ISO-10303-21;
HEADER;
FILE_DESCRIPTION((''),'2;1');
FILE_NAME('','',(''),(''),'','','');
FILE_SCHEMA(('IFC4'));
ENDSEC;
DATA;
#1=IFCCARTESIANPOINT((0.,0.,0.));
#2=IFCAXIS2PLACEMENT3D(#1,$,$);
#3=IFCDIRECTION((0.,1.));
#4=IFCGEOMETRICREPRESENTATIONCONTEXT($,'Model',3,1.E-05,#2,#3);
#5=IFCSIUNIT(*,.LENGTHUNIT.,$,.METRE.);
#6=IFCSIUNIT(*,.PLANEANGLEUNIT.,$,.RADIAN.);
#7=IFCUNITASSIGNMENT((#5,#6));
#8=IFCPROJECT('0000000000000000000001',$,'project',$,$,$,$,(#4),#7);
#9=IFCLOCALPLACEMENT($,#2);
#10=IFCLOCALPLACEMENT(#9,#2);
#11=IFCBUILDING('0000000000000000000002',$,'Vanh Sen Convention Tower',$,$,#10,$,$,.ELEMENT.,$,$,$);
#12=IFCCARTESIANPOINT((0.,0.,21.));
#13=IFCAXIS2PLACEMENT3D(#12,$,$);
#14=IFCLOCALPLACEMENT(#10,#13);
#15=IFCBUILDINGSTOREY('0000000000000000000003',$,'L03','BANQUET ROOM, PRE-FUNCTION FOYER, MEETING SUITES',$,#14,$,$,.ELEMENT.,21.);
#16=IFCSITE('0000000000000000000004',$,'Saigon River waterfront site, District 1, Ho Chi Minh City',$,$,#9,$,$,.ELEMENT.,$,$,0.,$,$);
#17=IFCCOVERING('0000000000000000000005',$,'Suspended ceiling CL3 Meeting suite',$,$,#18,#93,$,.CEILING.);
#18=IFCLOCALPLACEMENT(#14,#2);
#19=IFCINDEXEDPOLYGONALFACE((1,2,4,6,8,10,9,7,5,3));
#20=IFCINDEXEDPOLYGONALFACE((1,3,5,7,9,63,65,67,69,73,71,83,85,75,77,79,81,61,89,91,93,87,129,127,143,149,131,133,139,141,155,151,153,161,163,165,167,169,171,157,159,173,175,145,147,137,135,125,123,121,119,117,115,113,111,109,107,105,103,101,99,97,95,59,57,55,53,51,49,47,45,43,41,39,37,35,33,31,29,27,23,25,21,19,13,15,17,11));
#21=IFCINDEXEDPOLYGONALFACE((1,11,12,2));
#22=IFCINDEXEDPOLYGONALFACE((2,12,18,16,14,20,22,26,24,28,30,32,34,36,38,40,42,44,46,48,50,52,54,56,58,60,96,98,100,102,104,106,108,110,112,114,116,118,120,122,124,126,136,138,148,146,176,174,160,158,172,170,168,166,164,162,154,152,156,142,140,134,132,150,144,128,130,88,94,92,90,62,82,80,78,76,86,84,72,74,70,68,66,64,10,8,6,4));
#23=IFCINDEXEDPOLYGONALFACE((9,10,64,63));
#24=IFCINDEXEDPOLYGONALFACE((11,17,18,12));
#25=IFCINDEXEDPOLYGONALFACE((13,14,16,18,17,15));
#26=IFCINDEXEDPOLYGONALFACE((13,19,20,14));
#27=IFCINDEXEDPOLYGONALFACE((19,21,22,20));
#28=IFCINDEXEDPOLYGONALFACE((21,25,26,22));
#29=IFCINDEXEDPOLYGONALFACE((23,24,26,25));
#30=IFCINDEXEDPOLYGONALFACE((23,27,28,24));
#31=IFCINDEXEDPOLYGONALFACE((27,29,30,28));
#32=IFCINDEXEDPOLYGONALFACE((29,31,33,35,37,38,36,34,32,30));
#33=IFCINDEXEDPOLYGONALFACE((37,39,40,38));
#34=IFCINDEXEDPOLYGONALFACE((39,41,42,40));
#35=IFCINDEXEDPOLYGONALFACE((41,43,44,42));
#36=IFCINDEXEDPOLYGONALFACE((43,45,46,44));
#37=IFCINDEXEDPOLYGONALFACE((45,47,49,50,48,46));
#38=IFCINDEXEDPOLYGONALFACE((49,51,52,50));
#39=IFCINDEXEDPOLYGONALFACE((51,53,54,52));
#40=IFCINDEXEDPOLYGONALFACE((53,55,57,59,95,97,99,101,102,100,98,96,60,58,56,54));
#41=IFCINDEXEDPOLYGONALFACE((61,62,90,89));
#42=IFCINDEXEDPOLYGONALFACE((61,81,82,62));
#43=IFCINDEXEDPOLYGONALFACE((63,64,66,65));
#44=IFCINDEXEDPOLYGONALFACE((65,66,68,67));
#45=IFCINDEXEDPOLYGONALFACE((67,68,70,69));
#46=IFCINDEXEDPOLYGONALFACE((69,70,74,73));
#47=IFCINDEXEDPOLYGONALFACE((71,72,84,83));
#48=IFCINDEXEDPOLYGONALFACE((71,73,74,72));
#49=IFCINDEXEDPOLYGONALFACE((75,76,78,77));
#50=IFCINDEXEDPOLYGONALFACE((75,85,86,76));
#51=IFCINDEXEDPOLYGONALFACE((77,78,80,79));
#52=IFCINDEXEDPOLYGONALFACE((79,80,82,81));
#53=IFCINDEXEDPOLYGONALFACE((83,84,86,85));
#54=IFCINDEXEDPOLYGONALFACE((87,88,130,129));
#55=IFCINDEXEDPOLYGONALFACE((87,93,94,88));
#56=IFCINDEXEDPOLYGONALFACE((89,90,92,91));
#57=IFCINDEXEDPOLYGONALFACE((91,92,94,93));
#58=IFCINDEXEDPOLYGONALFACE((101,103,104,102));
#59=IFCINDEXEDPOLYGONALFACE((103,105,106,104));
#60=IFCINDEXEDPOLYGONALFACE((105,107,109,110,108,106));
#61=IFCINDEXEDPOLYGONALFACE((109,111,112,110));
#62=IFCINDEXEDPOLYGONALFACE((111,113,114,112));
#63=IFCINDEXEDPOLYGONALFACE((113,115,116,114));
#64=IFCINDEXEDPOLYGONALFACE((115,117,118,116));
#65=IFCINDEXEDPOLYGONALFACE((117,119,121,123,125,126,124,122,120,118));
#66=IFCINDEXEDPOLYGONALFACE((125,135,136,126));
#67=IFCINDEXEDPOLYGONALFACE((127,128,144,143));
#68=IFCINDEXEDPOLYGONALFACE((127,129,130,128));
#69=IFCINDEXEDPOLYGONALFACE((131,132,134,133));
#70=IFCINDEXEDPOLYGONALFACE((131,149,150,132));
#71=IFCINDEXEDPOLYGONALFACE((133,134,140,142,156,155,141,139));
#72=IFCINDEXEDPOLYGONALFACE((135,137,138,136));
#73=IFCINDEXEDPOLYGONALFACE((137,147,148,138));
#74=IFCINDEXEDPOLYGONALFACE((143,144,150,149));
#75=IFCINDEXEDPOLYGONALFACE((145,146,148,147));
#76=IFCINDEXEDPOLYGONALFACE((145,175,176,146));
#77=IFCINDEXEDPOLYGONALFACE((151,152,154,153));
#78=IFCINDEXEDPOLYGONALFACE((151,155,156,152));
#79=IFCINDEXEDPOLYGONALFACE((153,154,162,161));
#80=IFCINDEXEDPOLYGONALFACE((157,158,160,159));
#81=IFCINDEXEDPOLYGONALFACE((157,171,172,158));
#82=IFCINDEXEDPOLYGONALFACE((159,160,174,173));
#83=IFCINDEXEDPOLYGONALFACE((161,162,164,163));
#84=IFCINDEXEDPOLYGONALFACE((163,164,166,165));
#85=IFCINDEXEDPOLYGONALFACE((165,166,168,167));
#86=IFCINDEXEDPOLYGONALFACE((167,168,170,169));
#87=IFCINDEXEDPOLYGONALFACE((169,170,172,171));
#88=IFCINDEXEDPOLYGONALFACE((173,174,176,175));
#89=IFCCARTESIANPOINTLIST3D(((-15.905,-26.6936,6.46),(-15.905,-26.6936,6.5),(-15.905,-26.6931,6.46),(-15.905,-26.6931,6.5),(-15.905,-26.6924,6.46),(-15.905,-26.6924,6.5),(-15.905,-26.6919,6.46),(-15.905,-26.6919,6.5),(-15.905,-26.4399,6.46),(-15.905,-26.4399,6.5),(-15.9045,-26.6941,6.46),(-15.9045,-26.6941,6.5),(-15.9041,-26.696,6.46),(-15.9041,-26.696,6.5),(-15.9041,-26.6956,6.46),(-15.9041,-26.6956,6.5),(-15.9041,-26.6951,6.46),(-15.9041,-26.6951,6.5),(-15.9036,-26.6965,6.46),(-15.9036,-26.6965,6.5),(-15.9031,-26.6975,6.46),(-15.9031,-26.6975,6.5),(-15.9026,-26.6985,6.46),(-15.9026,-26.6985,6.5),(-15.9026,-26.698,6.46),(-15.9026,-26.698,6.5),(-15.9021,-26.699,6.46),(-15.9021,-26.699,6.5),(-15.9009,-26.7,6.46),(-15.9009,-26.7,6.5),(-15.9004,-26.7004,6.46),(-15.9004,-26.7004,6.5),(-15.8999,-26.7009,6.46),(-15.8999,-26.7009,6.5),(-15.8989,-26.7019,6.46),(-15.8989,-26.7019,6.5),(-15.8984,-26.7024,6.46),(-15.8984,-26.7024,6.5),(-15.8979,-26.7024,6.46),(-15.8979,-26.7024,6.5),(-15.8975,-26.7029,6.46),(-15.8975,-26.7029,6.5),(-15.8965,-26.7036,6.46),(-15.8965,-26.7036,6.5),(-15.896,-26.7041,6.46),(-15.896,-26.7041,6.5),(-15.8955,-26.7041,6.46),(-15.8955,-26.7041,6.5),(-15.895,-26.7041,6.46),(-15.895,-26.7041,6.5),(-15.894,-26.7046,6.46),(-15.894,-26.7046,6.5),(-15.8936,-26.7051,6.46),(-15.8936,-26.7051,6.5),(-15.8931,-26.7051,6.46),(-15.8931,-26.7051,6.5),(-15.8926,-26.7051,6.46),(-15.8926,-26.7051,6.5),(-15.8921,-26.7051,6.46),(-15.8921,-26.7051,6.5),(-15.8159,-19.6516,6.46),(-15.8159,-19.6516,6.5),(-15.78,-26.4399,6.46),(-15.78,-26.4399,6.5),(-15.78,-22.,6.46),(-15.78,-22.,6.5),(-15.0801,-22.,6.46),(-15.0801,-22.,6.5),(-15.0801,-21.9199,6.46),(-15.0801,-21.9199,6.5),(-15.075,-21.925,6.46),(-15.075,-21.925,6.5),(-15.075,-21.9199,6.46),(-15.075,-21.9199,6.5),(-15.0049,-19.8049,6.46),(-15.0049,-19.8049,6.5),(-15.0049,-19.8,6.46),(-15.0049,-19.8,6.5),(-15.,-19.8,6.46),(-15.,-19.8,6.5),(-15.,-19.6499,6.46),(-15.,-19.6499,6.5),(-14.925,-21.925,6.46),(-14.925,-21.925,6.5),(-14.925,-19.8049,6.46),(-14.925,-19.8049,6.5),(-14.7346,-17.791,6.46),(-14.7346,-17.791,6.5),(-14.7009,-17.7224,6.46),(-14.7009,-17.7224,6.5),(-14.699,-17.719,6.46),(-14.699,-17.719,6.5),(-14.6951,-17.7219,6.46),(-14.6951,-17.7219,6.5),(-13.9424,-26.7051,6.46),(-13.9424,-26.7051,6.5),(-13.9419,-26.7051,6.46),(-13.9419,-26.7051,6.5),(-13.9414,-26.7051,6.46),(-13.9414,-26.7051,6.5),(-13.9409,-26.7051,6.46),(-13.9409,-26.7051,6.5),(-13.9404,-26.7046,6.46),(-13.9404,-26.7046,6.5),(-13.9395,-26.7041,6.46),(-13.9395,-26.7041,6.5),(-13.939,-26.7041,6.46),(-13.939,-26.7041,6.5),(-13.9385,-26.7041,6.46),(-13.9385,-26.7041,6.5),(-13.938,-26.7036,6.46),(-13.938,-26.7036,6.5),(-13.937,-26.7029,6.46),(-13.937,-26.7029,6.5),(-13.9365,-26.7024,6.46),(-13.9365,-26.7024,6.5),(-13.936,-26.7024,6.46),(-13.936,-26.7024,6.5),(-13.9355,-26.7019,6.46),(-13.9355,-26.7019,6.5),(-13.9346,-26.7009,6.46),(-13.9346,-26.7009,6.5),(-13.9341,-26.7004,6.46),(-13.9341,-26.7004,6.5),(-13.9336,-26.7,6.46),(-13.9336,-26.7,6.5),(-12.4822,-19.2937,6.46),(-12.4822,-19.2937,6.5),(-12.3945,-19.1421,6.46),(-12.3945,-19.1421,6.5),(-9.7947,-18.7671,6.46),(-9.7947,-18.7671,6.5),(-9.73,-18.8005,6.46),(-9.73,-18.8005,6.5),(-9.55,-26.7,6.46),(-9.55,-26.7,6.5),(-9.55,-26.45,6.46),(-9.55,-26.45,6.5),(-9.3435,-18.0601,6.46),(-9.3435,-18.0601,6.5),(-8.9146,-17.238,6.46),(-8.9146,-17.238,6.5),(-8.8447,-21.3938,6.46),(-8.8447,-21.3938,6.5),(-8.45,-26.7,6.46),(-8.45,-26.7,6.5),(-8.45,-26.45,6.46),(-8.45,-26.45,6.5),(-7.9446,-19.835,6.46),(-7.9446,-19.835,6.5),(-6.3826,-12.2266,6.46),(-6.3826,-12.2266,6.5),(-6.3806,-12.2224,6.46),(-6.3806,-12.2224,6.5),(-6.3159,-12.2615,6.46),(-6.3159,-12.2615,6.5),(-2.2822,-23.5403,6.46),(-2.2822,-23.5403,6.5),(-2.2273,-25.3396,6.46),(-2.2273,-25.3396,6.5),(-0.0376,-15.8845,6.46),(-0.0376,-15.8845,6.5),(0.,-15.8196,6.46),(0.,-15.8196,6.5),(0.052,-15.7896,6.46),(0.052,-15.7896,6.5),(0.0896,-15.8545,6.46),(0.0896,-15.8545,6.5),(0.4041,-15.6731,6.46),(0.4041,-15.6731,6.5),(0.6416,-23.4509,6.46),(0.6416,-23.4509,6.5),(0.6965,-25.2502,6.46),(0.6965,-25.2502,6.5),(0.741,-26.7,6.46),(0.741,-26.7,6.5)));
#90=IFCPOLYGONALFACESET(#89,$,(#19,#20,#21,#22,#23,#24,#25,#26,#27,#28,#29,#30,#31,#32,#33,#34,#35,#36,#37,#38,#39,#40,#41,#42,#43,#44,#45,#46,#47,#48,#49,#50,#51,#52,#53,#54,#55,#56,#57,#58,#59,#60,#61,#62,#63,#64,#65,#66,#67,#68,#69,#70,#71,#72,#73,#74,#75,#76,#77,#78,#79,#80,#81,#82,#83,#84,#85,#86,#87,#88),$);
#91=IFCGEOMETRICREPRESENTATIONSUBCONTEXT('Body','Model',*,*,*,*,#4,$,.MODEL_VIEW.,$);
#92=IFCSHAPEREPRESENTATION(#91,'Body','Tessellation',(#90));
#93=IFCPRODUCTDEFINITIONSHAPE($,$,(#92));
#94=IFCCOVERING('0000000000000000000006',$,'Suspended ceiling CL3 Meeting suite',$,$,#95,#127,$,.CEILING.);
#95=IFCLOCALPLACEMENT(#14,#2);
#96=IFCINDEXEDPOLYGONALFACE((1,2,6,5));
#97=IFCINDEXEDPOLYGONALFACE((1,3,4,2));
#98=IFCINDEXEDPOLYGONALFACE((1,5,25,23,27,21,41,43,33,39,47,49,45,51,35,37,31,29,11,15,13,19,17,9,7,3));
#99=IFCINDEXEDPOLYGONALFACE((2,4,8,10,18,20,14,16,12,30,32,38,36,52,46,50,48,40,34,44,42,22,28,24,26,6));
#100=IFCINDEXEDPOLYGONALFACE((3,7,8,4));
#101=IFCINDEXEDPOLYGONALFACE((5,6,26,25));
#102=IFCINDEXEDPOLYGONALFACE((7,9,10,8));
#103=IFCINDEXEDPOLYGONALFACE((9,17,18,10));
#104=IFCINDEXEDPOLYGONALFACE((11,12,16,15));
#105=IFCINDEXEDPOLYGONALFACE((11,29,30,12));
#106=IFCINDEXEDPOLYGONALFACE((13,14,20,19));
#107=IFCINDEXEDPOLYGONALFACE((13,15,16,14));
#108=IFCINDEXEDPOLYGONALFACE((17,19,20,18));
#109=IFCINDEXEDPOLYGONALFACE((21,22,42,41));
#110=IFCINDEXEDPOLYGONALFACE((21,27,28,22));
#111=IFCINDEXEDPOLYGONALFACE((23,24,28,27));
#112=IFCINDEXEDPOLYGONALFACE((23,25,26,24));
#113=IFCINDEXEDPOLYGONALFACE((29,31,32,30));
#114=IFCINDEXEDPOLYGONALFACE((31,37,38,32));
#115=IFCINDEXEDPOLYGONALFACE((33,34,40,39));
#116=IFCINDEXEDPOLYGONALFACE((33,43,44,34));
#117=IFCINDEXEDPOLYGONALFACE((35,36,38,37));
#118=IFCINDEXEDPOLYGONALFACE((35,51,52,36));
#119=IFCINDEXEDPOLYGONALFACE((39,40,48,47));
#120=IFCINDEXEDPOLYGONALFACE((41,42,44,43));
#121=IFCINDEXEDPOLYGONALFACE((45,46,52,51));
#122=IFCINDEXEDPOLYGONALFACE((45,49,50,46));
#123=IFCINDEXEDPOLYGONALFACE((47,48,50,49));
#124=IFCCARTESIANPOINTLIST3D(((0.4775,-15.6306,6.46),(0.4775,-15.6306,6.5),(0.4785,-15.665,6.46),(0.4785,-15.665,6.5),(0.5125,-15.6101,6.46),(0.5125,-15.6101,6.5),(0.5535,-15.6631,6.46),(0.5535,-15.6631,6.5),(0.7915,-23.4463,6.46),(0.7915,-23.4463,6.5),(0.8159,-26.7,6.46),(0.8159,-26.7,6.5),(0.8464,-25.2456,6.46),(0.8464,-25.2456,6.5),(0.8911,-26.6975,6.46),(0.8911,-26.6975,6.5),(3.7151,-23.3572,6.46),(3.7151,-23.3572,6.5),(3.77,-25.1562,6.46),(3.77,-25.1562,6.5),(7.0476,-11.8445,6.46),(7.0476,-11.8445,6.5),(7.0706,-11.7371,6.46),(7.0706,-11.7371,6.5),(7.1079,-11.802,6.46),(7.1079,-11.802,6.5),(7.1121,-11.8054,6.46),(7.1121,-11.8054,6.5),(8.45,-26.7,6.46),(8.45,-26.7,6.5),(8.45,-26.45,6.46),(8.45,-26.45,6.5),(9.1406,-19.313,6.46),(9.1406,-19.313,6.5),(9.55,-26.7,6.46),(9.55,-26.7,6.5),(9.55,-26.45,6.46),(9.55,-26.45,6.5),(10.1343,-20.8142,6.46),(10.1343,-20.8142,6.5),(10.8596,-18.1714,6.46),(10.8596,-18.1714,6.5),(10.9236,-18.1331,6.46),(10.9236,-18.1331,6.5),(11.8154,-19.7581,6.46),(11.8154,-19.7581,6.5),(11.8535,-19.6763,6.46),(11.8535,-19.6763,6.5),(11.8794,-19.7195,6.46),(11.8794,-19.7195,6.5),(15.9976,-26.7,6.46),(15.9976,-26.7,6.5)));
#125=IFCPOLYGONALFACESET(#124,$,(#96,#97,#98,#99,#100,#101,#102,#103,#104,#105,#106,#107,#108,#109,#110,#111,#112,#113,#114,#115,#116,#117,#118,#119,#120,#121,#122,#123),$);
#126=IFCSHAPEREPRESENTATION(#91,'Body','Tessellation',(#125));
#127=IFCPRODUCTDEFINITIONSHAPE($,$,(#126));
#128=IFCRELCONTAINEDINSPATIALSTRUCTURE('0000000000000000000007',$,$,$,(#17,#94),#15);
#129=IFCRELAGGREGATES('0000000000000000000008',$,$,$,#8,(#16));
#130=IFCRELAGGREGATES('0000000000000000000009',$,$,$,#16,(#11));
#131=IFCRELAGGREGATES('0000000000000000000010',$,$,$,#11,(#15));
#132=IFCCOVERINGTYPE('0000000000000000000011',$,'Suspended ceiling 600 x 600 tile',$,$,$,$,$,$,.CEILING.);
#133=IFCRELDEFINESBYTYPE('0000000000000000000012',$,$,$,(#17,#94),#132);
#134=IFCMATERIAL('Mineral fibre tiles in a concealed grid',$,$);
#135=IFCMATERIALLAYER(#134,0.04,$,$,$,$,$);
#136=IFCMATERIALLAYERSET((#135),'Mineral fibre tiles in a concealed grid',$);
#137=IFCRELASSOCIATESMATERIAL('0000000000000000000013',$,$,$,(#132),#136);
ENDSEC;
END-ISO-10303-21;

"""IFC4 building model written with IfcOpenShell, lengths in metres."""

from ifc_helpers import new_model, si_unit, direction, frame, origin, place, context, subcontext, project, spatial, polyline, outline, extrude, material, layer, layer_set, type_object, element, save


model = new_model("IFC4")

# Units and contexts
model_context = context("Model", 3, precision=1e-05, world=origin(), true_north=direction((0.0, 1.0)))
body_context = subcontext(model_context, "Body", "Model", "MODEL_VIEW")
ifc_project = project(units=[si_unit("LENGTHUNIT", "METRE"), si_unit("PLANEANGLEUNIT", "RADIAN")], contexts=[model_context])

# Site, building, storey
site_placement = place(None, origin())
site = spatial("IfcSite", under=ifc_project, at=site_placement, Name="Saigon River waterfront site, District 1, Ho Chi Minh City", CompositionType="ELEMENT", RefElevation=0.0)
building_placement = place(site_placement, origin())
building = spatial("IfcBuilding", under=site, at=building_placement, Name="Vanh Sen Convention Tower", CompositionType="ELEMENT")
storey_placement = place(building_placement, frame((0.0, 0.0, 21.0)))
storey = spatial("IfcBuildingStorey", under=building, at=storey_placement, Name="L03", Description="BANQUET ROOM, PRE-FUNCTION FOYER, MEETING SUITES", CompositionType="ELEMENT", Elevation=21.0)

# Coverings
ifc_material_1 = material(Name="Mineral fibre tiles in a concealed grid")
ifc_layer_1 = layer(ifc_material_1, 0.04)
ifc_layer_set_1 = layer_set([ifc_layer_1], Name="Mineral fibre tiles in a concealed grid")
covering_type = type_object("IfcCoveringType", Name="Suspended ceiling 600 x 600 tile", PredefinedType="CEILING", material=ifc_layer_set_1)
covering_1_placement = place(storey_placement, frame((0.0, 0.0, 6.46)))
element("IfcCovering", 1, at=covering_1_placement, inside=storey, type_object=covering_type, Name="Suspended ceiling CL3 Meeting suite", PredefinedType="CEILING", context=body_context, shape_type="SweptSolid", body=[
    extrude(outline(polyline([(0.6965, -25.2502), (-2.2273, -25.3396), (-2.2822, -23.5403), (0.6416, -23.4509), (0.4041, -15.6731), (0.0896, -15.8545), (0.052, -15.7896), (0.0, -15.8196), (-0.0376, -15.8845), (-6.3806, -12.2224), (-6.3826, -12.2266), (-6.3159, -12.2615), (-8.9146, -17.238), (-9.3435, -18.0601), (-9.73, -18.8005), (-9.7947, -18.7671), (-7.9446, -19.835), (-8.8447, -21.3938), (-12.4822, -19.2937), (-12.3835, -19.123), (-12.3945, -19.1421), (-14.7346, -17.791), (-14.6951, -17.7219), (-14.699, -17.719), (-14.7009, -17.7224), (-15.8159, -19.6516), (-15.0, -19.6499), (-15.0, -19.8), (-15.0049, -19.8), (-15.0049, -19.8049), (-14.925, -19.8049), (-14.925, -21.925), (-15.075, -21.925), (-15.075, -21.9199), (-15.0801, -21.9199), (-15.0801, -22.0), (-15.78, -22.0), (-15.78, -26.4399), (-15.905, -26.4399), (-15.905, -26.6919), (-15.905, -26.6924), (-15.905, -26.6931), (-15.905, -26.6936), (-15.9045, -26.6941), (-15.9041, -26.6951), (-15.9041, -26.6956), (-15.9041, -26.696), (-15.9036, -26.6965), (-15.9031, -26.6975), (-15.9026, -26.698), (-15.9026, -26.6985), (-15.9021, -26.699), (-15.9009, -26.7), (-15.9004, -26.7004), (-15.8999, -26.7009), (-15.8989, -26.7019), (-15.8984, -26.7024), (-15.8979, -26.7024), (-15.8975, -26.7029), (-15.8965, -26.7036), (-15.896, -26.7041), (-15.8955, -26.7041), (-15.895, -26.7041), (-15.894, -26.7046), (-15.8936, -26.7051), (-15.8931, -26.7051), (-15.8926, -26.7051), (-15.8921, -26.7051), (-13.9424, -26.7051), (-13.9419, -26.7051), (-13.9414, -26.7051), (-13.9409, -26.7051), (-13.9404, -26.7046), (-13.9395, -26.7041), (-13.939, -26.7041), (-13.9385, -26.7041), (-13.938, -26.7036), (-13.937, -26.7029), (-13.9365, -26.7024), (-13.936, -26.7024), (-13.9355, -26.7019), (-13.9346, -26.7009), (-13.9341, -26.7004), (-13.9336, -26.7), (-9.55, -26.7), (-9.55, -26.45), (-8.45, -26.45), (-8.45, -26.7), (0.741, -26.7), (0.6965, -25.2502)])), origin(), (0.0, 0.0, 1.0), 0.04),
])
covering_2_placement = place(storey_placement, frame((0.0, 0.0, 6.46)))
element("IfcCovering", 2, at=covering_2_placement, inside=storey, type_object=covering_type, Name="Suspended ceiling CL3 Meeting suite", PredefinedType="CEILING", context=body_context, shape_type="SweptSolid", body=[
    extrude(outline(polyline([(0.8911, -26.6975), (0.8159, -26.7), (8.45, -26.7), (8.45, -26.45), (9.55, -26.45), (9.55, -26.7), (15.9976, -26.7), (11.8154, -19.7581), (11.8794, -19.7195), (11.8535, -19.6763), (10.1343, -20.8142), (9.1406, -19.313), (10.9236, -18.1331), (10.9236, -18.1331), (10.8596, -18.1714), (7.0476, -11.8445), (7.1121, -11.8054), (7.0706, -11.7371), (7.1079, -11.802), (0.5125, -15.6101), (0.4775, -15.6306), (0.4785, -15.665), (0.5535, -15.6631), (0.7915, -23.4463), (3.7151, -23.3572), (3.77, -25.1562), (0.8464, -25.2456), (0.8911, -26.6975)])), origin(), (0.0, 0.0, 1.0), 0.04),
])

save(model, "model.ifc")
